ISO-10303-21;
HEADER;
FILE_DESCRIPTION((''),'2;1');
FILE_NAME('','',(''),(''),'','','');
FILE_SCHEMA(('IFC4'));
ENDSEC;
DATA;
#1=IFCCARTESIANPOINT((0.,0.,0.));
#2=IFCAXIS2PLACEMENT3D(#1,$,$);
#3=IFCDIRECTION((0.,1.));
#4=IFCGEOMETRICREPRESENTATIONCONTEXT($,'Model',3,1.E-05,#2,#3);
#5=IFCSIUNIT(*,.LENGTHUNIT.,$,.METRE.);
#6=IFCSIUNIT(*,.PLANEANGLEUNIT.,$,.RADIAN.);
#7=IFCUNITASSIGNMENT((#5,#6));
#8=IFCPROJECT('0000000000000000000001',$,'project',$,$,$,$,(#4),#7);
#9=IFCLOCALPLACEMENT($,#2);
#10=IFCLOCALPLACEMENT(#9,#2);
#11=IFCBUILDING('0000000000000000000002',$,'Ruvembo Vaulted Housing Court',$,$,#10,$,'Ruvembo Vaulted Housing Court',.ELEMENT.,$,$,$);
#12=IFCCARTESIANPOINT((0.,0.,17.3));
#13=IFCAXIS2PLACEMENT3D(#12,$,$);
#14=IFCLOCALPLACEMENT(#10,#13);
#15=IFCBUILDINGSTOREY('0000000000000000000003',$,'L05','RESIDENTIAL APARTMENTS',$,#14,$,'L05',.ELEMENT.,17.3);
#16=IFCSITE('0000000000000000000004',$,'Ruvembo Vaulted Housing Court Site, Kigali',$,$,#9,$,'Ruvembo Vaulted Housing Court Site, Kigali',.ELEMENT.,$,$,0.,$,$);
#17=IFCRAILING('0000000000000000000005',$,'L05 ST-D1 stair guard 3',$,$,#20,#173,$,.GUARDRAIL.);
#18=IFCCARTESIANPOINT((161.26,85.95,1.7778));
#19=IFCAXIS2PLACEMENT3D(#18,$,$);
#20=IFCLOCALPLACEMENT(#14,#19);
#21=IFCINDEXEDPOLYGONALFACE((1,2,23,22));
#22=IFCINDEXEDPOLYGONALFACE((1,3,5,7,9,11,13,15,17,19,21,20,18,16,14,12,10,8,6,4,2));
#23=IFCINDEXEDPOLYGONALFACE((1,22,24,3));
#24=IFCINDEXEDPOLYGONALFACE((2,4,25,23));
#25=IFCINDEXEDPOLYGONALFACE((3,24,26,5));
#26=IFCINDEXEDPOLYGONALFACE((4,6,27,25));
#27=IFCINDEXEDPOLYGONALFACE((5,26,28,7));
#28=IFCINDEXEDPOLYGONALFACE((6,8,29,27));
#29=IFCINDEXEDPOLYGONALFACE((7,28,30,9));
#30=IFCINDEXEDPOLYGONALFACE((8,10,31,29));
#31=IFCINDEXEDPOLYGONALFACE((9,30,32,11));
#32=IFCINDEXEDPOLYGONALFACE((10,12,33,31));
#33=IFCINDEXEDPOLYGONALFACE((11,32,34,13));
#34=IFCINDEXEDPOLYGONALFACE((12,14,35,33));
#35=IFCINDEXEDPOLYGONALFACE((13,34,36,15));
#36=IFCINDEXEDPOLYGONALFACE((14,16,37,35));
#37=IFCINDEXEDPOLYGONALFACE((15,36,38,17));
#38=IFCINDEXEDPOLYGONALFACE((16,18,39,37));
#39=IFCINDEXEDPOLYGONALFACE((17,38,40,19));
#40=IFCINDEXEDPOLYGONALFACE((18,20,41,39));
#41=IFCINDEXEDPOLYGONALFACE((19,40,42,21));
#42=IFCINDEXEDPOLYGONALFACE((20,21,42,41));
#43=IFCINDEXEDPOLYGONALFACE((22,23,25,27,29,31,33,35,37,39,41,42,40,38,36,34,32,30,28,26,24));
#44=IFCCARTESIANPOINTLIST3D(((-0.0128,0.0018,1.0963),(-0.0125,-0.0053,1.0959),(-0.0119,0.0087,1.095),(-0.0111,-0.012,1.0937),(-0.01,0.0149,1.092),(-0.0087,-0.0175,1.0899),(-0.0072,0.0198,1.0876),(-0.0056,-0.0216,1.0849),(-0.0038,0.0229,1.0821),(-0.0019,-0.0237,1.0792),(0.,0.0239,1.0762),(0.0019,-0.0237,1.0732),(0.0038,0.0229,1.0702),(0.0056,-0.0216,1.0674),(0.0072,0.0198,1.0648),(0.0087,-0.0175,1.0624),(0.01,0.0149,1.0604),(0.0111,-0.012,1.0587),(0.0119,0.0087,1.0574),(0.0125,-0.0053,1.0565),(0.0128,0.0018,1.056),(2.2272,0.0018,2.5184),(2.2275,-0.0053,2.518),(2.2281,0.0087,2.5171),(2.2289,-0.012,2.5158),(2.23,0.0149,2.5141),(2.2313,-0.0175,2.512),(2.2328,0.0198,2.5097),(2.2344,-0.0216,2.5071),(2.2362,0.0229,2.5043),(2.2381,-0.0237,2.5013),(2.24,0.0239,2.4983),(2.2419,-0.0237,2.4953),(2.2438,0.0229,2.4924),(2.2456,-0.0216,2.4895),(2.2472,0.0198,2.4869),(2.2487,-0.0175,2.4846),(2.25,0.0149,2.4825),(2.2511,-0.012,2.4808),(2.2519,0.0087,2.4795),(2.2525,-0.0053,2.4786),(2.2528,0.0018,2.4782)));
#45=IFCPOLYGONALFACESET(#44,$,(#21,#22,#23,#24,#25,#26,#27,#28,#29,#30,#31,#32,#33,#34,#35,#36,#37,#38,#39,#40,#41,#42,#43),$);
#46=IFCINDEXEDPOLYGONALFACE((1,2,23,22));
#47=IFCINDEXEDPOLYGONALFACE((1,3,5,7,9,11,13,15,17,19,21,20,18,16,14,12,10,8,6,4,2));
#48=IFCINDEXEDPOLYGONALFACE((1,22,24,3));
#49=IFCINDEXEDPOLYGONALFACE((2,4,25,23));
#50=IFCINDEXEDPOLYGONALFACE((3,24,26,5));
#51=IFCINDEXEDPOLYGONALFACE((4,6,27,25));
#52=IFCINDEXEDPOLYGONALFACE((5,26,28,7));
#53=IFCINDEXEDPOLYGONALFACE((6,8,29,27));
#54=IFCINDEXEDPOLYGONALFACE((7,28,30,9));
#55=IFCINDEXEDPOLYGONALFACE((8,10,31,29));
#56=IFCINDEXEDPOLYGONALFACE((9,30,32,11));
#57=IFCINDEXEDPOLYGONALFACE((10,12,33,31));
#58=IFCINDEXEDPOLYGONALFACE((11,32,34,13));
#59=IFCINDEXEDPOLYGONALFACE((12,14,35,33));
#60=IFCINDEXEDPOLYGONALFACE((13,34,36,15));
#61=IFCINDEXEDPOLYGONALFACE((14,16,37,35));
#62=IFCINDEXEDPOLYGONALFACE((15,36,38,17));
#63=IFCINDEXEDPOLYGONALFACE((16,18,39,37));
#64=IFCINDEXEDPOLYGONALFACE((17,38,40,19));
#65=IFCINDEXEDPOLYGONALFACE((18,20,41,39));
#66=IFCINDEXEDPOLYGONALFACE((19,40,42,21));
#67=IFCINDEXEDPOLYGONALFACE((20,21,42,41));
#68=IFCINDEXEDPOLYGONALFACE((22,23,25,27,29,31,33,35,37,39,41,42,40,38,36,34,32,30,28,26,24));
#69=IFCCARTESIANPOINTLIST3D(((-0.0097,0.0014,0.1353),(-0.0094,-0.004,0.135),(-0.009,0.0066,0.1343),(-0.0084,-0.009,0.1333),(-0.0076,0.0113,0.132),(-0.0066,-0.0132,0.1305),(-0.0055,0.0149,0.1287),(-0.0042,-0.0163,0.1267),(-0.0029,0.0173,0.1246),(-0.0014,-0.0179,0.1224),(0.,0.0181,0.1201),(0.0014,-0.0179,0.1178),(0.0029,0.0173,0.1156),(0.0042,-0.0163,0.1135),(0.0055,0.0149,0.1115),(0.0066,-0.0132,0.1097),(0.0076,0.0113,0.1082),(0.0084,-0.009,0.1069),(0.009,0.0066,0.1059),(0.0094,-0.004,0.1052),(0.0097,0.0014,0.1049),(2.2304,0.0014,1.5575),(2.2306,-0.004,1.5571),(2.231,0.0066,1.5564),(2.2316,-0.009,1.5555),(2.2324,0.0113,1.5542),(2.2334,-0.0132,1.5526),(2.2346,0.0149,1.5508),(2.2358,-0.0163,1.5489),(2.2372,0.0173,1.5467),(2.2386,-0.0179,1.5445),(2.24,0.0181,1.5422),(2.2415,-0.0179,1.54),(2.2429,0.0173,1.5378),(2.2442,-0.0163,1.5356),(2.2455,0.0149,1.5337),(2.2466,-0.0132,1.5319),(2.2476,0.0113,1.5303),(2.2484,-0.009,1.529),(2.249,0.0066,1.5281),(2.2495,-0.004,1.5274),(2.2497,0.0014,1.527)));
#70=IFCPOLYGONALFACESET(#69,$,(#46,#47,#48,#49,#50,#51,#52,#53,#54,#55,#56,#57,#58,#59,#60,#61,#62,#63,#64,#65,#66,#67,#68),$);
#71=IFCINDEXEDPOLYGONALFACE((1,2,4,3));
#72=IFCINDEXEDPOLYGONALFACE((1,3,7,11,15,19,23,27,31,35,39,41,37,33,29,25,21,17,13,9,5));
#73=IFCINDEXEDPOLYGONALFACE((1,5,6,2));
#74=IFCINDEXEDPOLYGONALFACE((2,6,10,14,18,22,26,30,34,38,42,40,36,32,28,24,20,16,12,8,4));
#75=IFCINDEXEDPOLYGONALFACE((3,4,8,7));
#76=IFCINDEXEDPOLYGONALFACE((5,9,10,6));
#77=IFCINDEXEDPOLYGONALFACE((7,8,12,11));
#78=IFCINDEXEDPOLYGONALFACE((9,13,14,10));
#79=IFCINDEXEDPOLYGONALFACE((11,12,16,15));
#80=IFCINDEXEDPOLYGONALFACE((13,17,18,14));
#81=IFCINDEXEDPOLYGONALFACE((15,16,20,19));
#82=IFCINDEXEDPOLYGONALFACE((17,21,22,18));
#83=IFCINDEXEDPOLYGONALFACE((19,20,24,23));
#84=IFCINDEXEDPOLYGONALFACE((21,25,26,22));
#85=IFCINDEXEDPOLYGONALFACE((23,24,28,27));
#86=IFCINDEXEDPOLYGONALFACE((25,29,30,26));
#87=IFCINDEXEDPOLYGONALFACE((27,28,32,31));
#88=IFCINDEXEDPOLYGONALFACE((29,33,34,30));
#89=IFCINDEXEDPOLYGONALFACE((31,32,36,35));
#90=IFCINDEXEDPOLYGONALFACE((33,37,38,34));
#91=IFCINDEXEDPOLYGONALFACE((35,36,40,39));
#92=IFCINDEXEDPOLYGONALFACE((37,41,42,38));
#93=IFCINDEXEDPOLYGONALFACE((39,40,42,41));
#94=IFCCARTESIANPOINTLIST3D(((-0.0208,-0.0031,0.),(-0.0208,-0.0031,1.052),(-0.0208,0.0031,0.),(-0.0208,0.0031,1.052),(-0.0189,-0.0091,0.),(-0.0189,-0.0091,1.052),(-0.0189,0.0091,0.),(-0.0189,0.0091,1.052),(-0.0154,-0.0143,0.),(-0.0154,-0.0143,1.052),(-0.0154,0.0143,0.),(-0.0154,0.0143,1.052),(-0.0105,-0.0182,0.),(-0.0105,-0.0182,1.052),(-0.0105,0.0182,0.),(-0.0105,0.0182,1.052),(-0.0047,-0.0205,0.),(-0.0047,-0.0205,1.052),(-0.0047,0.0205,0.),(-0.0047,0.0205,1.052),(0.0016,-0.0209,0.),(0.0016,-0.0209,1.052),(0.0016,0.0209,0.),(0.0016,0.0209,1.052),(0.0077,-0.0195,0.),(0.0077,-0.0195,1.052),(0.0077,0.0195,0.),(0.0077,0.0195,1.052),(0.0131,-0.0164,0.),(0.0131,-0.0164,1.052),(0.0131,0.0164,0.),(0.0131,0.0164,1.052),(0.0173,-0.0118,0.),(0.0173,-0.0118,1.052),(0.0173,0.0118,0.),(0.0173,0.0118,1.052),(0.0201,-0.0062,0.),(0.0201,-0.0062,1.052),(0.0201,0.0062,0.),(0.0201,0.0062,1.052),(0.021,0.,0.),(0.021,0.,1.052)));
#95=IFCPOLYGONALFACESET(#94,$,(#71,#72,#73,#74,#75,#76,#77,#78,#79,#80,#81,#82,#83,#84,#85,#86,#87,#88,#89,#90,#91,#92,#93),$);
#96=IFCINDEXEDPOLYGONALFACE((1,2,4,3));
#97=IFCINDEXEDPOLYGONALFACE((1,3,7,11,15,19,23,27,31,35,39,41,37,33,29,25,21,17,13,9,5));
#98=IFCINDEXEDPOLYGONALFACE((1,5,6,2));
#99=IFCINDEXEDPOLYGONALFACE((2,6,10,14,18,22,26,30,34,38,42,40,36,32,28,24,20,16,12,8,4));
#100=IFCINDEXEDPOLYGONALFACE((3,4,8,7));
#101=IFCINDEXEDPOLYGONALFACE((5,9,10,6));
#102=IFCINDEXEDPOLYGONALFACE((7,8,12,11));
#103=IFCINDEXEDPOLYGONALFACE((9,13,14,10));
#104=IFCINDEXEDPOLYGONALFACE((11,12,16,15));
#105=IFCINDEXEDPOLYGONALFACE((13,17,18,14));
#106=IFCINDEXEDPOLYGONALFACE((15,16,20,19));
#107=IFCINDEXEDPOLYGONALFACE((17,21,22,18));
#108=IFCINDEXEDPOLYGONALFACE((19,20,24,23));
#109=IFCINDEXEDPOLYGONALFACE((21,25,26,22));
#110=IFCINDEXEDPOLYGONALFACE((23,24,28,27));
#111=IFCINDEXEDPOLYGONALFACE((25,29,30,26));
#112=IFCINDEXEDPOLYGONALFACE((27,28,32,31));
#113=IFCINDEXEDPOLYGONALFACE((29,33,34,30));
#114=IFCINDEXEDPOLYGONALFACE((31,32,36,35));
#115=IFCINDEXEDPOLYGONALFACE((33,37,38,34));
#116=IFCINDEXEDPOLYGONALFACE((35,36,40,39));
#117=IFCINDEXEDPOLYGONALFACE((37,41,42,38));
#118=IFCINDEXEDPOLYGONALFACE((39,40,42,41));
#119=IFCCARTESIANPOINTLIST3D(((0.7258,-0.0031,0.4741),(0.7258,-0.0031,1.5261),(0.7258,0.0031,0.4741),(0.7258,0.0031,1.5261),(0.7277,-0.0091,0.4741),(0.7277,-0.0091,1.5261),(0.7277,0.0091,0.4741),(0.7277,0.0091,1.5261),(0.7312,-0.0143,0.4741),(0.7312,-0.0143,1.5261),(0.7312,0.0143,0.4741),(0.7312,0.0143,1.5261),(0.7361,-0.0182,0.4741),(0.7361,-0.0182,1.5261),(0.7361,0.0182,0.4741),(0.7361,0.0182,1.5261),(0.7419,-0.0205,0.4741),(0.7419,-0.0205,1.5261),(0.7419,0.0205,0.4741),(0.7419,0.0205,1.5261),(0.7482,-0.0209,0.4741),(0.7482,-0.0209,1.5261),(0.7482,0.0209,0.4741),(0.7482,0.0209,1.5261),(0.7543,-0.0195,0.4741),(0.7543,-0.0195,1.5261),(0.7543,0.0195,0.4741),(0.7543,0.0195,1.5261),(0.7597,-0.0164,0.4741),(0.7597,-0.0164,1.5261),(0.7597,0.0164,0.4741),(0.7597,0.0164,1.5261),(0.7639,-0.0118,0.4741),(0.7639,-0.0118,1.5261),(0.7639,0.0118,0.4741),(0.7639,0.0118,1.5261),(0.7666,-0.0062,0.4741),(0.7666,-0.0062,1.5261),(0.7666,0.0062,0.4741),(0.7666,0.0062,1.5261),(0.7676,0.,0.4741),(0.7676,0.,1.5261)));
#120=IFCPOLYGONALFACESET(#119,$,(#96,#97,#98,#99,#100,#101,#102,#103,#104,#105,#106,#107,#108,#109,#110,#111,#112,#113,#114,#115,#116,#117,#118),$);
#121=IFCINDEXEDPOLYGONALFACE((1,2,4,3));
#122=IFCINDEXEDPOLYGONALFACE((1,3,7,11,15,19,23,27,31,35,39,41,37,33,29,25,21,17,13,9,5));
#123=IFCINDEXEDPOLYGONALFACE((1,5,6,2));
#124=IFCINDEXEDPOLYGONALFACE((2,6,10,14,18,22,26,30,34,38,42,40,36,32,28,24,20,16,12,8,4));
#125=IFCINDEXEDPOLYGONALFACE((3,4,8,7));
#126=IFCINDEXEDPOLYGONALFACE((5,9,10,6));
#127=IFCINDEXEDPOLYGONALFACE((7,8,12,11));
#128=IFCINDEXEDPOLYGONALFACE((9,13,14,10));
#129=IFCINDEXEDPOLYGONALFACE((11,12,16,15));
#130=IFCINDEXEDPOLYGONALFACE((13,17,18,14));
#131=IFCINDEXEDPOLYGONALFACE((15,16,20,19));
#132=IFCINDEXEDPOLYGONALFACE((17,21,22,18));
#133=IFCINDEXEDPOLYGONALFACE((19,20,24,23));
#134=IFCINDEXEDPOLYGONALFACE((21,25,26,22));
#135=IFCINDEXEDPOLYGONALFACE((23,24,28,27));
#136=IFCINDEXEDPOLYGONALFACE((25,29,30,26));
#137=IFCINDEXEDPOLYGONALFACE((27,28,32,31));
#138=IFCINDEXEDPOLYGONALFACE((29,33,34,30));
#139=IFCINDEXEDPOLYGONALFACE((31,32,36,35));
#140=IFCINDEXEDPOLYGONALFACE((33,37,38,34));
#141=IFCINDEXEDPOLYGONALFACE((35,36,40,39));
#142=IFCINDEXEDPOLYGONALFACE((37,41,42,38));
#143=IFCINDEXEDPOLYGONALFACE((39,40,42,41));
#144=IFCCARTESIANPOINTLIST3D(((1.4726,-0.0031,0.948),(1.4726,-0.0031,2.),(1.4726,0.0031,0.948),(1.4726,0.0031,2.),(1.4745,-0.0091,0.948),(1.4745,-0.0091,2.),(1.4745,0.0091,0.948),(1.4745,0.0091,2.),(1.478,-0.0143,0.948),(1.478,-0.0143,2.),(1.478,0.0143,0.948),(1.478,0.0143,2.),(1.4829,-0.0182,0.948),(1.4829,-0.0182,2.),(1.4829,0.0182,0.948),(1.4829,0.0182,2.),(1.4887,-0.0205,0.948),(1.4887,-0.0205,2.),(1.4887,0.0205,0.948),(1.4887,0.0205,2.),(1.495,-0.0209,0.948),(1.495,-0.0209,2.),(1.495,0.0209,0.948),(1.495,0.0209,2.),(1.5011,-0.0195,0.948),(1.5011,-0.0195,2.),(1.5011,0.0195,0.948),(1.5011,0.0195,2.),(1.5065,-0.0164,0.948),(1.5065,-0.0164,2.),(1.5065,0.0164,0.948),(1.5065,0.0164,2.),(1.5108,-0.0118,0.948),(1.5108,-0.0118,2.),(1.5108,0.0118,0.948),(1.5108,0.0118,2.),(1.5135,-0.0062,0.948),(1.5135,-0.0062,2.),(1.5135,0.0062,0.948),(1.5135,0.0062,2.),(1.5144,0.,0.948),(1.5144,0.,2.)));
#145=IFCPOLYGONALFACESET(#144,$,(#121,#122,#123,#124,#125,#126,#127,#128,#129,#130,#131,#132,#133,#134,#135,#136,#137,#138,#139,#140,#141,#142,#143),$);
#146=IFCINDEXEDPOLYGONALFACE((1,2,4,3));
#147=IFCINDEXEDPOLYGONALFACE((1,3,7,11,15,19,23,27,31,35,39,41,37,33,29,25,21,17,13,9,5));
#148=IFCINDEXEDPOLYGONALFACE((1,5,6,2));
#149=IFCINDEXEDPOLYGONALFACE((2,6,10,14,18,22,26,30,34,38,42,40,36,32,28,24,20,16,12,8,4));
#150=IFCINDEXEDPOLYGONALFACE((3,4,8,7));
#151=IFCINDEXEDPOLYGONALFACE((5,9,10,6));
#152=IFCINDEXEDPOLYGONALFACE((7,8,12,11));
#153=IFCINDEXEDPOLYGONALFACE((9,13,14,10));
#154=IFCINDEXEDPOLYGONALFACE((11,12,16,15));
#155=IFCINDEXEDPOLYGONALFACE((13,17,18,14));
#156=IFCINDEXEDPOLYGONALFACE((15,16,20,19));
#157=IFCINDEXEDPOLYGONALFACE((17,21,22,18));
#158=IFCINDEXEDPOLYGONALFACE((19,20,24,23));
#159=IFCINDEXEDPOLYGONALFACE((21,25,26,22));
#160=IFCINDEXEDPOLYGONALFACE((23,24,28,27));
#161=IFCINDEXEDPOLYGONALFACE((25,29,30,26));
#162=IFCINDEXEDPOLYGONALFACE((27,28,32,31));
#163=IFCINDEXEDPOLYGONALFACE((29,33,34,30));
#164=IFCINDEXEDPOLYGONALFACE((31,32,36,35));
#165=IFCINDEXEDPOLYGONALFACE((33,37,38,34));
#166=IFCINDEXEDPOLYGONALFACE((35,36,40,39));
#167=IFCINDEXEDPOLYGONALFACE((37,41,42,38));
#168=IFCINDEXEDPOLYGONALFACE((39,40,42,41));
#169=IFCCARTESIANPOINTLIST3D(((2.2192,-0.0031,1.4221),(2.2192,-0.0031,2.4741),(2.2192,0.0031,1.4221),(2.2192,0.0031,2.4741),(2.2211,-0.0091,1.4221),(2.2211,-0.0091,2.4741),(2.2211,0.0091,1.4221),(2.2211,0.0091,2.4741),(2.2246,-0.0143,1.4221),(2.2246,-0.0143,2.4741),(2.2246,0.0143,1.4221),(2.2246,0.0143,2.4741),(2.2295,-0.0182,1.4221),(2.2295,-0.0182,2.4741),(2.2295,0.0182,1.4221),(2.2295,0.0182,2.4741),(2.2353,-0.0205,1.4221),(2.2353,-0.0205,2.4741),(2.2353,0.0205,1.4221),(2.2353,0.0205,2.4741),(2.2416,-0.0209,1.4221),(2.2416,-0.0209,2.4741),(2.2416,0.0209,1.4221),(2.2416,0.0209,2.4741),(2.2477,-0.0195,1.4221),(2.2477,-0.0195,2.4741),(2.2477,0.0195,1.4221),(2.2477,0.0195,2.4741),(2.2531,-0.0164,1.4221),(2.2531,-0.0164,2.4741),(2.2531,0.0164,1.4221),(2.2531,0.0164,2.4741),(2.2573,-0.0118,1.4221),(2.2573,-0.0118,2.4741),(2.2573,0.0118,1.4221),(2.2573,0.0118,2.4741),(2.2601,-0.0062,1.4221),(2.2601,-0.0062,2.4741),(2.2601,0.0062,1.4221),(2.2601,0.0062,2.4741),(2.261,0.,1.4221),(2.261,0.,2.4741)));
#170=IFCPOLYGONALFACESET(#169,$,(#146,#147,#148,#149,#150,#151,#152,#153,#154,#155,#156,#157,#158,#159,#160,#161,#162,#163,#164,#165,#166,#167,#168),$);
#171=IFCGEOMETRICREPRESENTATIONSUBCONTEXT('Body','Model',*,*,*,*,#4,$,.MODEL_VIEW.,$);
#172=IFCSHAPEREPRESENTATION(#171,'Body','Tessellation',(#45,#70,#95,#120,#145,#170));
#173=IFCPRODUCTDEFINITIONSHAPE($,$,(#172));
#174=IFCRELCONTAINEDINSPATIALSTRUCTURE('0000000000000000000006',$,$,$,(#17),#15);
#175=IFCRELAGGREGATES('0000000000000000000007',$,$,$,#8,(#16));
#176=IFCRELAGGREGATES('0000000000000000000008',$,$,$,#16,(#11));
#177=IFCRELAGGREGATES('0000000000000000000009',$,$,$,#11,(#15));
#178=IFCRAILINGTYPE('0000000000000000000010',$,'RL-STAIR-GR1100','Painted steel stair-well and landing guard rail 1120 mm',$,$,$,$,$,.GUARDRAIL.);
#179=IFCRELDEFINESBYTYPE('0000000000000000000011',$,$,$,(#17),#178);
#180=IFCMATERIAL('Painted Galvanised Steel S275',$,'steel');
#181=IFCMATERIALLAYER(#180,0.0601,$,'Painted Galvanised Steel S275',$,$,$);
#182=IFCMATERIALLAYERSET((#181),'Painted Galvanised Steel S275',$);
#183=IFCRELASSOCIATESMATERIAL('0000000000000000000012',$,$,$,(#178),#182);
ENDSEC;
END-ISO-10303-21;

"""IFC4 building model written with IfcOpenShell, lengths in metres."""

from ifc_helpers import new_model, si_unit, direction, frame, origin, origin_2d, place, context, subcontext, project, spatial, circle, extrude, material, layer, layer_set, type_object, element, save


model = new_model("IFC4")

# Units and contexts
model_context = context("Model", 3, precision=1e-05, world=origin(), true_north=direction((0.0, 1.0)))
body_context = subcontext(model_context, "Body", "Model", "MODEL_VIEW")
ifc_project = project(units=[si_unit("LENGTHUNIT", "METRE"), si_unit("PLANEANGLEUNIT", "RADIAN")], contexts=[model_context])

# Site, building, storey
site_placement = place(None, origin())
site = spatial("IfcSite", under=ifc_project, at=site_placement, Name="Ruvembo Vaulted Housing Court Site, Kigali", LongName="Ruvembo Vaulted Housing Court Site, Kigali", CompositionType="ELEMENT", RefElevation=0.0)
building_placement = place(site_placement, origin())
building = spatial("IfcBuilding", under=site, at=building_placement, Name="Ruvembo Vaulted Housing Court", LongName="Ruvembo Vaulted Housing Court", CompositionType="ELEMENT")
storey_placement = place(building_placement, frame((0.0, 0.0, 17.3)))
storey = spatial("IfcBuildingStorey", under=building, at=storey_placement, Name="L05", Description="RESIDENTIAL APARTMENTS", LongName="L05", CompositionType="ELEMENT", Elevation=17.3)

# Railing
ifc_material_1 = material(Name="Painted Galvanised Steel S275", Category="steel")
ifc_layer_1 = layer(ifc_material_1, 0.0601, Name="Painted Galvanised Steel S275")
ifc_layer_set_1 = layer_set([ifc_layer_1], Name="Painted Galvanised Steel S275")
railing_type_1 = type_object("IfcRailingType", Name="RL-STAIR-GR1100", Description="Painted steel stair-well and landing guard rail 1120 mm", PredefinedType="GUARDRAIL", material=ifc_layer_set_1)
railing_1_placement = place(storey_placement, frame((161.26, 85.95, 1.7778)))
element("IfcRailing", 1, at=railing_1_placement, inside=storey, type_object=railing_type_1, Name="L05 ST-D1 stair guard 3", PredefinedType="GUARDRAIL", context=body_context, shape_type="SweptSolid", body=[
    extrude(circle(Radius=0.0239, at=origin_2d()), frame((0.0, 0.0, 1.0762), z_axis=(0.844229, 0.0, 0.535982), x_axis=(0.0, 1.0, 0.0)), (0.0, 0.0, 1.0), 2.6533),
    extrude(circle(Radius=0.0181, at=origin_2d()), frame((0.0, 0.0, 0.1201), z_axis=(0.844229, 0.0, 0.535982), x_axis=(0.0, 1.0, 0.0)), (0.0, 0.0, 1.0), 2.6533),
    extrude(circle(Radius=0.021, at=origin_2d()), origin(), (0.0, 0.0, 1.0), 1.052),
    extrude(circle(Radius=0.021, at=origin_2d()), frame((0.7466, 0.0, 0.4741)), (0.0, 0.0, 1.0), 1.052),
    extrude(circle(Radius=0.021, at=origin_2d()), frame((1.4934, 0.0, 0.948)), (0.0, 0.0, 1.0), 1.052),
    extrude(circle(Radius=0.021, at=origin_2d()), frame((2.24, 0.0, 1.4221)), (0.0, 0.0, 1.0), 1.052),
])

save(model, "model.ifc")
